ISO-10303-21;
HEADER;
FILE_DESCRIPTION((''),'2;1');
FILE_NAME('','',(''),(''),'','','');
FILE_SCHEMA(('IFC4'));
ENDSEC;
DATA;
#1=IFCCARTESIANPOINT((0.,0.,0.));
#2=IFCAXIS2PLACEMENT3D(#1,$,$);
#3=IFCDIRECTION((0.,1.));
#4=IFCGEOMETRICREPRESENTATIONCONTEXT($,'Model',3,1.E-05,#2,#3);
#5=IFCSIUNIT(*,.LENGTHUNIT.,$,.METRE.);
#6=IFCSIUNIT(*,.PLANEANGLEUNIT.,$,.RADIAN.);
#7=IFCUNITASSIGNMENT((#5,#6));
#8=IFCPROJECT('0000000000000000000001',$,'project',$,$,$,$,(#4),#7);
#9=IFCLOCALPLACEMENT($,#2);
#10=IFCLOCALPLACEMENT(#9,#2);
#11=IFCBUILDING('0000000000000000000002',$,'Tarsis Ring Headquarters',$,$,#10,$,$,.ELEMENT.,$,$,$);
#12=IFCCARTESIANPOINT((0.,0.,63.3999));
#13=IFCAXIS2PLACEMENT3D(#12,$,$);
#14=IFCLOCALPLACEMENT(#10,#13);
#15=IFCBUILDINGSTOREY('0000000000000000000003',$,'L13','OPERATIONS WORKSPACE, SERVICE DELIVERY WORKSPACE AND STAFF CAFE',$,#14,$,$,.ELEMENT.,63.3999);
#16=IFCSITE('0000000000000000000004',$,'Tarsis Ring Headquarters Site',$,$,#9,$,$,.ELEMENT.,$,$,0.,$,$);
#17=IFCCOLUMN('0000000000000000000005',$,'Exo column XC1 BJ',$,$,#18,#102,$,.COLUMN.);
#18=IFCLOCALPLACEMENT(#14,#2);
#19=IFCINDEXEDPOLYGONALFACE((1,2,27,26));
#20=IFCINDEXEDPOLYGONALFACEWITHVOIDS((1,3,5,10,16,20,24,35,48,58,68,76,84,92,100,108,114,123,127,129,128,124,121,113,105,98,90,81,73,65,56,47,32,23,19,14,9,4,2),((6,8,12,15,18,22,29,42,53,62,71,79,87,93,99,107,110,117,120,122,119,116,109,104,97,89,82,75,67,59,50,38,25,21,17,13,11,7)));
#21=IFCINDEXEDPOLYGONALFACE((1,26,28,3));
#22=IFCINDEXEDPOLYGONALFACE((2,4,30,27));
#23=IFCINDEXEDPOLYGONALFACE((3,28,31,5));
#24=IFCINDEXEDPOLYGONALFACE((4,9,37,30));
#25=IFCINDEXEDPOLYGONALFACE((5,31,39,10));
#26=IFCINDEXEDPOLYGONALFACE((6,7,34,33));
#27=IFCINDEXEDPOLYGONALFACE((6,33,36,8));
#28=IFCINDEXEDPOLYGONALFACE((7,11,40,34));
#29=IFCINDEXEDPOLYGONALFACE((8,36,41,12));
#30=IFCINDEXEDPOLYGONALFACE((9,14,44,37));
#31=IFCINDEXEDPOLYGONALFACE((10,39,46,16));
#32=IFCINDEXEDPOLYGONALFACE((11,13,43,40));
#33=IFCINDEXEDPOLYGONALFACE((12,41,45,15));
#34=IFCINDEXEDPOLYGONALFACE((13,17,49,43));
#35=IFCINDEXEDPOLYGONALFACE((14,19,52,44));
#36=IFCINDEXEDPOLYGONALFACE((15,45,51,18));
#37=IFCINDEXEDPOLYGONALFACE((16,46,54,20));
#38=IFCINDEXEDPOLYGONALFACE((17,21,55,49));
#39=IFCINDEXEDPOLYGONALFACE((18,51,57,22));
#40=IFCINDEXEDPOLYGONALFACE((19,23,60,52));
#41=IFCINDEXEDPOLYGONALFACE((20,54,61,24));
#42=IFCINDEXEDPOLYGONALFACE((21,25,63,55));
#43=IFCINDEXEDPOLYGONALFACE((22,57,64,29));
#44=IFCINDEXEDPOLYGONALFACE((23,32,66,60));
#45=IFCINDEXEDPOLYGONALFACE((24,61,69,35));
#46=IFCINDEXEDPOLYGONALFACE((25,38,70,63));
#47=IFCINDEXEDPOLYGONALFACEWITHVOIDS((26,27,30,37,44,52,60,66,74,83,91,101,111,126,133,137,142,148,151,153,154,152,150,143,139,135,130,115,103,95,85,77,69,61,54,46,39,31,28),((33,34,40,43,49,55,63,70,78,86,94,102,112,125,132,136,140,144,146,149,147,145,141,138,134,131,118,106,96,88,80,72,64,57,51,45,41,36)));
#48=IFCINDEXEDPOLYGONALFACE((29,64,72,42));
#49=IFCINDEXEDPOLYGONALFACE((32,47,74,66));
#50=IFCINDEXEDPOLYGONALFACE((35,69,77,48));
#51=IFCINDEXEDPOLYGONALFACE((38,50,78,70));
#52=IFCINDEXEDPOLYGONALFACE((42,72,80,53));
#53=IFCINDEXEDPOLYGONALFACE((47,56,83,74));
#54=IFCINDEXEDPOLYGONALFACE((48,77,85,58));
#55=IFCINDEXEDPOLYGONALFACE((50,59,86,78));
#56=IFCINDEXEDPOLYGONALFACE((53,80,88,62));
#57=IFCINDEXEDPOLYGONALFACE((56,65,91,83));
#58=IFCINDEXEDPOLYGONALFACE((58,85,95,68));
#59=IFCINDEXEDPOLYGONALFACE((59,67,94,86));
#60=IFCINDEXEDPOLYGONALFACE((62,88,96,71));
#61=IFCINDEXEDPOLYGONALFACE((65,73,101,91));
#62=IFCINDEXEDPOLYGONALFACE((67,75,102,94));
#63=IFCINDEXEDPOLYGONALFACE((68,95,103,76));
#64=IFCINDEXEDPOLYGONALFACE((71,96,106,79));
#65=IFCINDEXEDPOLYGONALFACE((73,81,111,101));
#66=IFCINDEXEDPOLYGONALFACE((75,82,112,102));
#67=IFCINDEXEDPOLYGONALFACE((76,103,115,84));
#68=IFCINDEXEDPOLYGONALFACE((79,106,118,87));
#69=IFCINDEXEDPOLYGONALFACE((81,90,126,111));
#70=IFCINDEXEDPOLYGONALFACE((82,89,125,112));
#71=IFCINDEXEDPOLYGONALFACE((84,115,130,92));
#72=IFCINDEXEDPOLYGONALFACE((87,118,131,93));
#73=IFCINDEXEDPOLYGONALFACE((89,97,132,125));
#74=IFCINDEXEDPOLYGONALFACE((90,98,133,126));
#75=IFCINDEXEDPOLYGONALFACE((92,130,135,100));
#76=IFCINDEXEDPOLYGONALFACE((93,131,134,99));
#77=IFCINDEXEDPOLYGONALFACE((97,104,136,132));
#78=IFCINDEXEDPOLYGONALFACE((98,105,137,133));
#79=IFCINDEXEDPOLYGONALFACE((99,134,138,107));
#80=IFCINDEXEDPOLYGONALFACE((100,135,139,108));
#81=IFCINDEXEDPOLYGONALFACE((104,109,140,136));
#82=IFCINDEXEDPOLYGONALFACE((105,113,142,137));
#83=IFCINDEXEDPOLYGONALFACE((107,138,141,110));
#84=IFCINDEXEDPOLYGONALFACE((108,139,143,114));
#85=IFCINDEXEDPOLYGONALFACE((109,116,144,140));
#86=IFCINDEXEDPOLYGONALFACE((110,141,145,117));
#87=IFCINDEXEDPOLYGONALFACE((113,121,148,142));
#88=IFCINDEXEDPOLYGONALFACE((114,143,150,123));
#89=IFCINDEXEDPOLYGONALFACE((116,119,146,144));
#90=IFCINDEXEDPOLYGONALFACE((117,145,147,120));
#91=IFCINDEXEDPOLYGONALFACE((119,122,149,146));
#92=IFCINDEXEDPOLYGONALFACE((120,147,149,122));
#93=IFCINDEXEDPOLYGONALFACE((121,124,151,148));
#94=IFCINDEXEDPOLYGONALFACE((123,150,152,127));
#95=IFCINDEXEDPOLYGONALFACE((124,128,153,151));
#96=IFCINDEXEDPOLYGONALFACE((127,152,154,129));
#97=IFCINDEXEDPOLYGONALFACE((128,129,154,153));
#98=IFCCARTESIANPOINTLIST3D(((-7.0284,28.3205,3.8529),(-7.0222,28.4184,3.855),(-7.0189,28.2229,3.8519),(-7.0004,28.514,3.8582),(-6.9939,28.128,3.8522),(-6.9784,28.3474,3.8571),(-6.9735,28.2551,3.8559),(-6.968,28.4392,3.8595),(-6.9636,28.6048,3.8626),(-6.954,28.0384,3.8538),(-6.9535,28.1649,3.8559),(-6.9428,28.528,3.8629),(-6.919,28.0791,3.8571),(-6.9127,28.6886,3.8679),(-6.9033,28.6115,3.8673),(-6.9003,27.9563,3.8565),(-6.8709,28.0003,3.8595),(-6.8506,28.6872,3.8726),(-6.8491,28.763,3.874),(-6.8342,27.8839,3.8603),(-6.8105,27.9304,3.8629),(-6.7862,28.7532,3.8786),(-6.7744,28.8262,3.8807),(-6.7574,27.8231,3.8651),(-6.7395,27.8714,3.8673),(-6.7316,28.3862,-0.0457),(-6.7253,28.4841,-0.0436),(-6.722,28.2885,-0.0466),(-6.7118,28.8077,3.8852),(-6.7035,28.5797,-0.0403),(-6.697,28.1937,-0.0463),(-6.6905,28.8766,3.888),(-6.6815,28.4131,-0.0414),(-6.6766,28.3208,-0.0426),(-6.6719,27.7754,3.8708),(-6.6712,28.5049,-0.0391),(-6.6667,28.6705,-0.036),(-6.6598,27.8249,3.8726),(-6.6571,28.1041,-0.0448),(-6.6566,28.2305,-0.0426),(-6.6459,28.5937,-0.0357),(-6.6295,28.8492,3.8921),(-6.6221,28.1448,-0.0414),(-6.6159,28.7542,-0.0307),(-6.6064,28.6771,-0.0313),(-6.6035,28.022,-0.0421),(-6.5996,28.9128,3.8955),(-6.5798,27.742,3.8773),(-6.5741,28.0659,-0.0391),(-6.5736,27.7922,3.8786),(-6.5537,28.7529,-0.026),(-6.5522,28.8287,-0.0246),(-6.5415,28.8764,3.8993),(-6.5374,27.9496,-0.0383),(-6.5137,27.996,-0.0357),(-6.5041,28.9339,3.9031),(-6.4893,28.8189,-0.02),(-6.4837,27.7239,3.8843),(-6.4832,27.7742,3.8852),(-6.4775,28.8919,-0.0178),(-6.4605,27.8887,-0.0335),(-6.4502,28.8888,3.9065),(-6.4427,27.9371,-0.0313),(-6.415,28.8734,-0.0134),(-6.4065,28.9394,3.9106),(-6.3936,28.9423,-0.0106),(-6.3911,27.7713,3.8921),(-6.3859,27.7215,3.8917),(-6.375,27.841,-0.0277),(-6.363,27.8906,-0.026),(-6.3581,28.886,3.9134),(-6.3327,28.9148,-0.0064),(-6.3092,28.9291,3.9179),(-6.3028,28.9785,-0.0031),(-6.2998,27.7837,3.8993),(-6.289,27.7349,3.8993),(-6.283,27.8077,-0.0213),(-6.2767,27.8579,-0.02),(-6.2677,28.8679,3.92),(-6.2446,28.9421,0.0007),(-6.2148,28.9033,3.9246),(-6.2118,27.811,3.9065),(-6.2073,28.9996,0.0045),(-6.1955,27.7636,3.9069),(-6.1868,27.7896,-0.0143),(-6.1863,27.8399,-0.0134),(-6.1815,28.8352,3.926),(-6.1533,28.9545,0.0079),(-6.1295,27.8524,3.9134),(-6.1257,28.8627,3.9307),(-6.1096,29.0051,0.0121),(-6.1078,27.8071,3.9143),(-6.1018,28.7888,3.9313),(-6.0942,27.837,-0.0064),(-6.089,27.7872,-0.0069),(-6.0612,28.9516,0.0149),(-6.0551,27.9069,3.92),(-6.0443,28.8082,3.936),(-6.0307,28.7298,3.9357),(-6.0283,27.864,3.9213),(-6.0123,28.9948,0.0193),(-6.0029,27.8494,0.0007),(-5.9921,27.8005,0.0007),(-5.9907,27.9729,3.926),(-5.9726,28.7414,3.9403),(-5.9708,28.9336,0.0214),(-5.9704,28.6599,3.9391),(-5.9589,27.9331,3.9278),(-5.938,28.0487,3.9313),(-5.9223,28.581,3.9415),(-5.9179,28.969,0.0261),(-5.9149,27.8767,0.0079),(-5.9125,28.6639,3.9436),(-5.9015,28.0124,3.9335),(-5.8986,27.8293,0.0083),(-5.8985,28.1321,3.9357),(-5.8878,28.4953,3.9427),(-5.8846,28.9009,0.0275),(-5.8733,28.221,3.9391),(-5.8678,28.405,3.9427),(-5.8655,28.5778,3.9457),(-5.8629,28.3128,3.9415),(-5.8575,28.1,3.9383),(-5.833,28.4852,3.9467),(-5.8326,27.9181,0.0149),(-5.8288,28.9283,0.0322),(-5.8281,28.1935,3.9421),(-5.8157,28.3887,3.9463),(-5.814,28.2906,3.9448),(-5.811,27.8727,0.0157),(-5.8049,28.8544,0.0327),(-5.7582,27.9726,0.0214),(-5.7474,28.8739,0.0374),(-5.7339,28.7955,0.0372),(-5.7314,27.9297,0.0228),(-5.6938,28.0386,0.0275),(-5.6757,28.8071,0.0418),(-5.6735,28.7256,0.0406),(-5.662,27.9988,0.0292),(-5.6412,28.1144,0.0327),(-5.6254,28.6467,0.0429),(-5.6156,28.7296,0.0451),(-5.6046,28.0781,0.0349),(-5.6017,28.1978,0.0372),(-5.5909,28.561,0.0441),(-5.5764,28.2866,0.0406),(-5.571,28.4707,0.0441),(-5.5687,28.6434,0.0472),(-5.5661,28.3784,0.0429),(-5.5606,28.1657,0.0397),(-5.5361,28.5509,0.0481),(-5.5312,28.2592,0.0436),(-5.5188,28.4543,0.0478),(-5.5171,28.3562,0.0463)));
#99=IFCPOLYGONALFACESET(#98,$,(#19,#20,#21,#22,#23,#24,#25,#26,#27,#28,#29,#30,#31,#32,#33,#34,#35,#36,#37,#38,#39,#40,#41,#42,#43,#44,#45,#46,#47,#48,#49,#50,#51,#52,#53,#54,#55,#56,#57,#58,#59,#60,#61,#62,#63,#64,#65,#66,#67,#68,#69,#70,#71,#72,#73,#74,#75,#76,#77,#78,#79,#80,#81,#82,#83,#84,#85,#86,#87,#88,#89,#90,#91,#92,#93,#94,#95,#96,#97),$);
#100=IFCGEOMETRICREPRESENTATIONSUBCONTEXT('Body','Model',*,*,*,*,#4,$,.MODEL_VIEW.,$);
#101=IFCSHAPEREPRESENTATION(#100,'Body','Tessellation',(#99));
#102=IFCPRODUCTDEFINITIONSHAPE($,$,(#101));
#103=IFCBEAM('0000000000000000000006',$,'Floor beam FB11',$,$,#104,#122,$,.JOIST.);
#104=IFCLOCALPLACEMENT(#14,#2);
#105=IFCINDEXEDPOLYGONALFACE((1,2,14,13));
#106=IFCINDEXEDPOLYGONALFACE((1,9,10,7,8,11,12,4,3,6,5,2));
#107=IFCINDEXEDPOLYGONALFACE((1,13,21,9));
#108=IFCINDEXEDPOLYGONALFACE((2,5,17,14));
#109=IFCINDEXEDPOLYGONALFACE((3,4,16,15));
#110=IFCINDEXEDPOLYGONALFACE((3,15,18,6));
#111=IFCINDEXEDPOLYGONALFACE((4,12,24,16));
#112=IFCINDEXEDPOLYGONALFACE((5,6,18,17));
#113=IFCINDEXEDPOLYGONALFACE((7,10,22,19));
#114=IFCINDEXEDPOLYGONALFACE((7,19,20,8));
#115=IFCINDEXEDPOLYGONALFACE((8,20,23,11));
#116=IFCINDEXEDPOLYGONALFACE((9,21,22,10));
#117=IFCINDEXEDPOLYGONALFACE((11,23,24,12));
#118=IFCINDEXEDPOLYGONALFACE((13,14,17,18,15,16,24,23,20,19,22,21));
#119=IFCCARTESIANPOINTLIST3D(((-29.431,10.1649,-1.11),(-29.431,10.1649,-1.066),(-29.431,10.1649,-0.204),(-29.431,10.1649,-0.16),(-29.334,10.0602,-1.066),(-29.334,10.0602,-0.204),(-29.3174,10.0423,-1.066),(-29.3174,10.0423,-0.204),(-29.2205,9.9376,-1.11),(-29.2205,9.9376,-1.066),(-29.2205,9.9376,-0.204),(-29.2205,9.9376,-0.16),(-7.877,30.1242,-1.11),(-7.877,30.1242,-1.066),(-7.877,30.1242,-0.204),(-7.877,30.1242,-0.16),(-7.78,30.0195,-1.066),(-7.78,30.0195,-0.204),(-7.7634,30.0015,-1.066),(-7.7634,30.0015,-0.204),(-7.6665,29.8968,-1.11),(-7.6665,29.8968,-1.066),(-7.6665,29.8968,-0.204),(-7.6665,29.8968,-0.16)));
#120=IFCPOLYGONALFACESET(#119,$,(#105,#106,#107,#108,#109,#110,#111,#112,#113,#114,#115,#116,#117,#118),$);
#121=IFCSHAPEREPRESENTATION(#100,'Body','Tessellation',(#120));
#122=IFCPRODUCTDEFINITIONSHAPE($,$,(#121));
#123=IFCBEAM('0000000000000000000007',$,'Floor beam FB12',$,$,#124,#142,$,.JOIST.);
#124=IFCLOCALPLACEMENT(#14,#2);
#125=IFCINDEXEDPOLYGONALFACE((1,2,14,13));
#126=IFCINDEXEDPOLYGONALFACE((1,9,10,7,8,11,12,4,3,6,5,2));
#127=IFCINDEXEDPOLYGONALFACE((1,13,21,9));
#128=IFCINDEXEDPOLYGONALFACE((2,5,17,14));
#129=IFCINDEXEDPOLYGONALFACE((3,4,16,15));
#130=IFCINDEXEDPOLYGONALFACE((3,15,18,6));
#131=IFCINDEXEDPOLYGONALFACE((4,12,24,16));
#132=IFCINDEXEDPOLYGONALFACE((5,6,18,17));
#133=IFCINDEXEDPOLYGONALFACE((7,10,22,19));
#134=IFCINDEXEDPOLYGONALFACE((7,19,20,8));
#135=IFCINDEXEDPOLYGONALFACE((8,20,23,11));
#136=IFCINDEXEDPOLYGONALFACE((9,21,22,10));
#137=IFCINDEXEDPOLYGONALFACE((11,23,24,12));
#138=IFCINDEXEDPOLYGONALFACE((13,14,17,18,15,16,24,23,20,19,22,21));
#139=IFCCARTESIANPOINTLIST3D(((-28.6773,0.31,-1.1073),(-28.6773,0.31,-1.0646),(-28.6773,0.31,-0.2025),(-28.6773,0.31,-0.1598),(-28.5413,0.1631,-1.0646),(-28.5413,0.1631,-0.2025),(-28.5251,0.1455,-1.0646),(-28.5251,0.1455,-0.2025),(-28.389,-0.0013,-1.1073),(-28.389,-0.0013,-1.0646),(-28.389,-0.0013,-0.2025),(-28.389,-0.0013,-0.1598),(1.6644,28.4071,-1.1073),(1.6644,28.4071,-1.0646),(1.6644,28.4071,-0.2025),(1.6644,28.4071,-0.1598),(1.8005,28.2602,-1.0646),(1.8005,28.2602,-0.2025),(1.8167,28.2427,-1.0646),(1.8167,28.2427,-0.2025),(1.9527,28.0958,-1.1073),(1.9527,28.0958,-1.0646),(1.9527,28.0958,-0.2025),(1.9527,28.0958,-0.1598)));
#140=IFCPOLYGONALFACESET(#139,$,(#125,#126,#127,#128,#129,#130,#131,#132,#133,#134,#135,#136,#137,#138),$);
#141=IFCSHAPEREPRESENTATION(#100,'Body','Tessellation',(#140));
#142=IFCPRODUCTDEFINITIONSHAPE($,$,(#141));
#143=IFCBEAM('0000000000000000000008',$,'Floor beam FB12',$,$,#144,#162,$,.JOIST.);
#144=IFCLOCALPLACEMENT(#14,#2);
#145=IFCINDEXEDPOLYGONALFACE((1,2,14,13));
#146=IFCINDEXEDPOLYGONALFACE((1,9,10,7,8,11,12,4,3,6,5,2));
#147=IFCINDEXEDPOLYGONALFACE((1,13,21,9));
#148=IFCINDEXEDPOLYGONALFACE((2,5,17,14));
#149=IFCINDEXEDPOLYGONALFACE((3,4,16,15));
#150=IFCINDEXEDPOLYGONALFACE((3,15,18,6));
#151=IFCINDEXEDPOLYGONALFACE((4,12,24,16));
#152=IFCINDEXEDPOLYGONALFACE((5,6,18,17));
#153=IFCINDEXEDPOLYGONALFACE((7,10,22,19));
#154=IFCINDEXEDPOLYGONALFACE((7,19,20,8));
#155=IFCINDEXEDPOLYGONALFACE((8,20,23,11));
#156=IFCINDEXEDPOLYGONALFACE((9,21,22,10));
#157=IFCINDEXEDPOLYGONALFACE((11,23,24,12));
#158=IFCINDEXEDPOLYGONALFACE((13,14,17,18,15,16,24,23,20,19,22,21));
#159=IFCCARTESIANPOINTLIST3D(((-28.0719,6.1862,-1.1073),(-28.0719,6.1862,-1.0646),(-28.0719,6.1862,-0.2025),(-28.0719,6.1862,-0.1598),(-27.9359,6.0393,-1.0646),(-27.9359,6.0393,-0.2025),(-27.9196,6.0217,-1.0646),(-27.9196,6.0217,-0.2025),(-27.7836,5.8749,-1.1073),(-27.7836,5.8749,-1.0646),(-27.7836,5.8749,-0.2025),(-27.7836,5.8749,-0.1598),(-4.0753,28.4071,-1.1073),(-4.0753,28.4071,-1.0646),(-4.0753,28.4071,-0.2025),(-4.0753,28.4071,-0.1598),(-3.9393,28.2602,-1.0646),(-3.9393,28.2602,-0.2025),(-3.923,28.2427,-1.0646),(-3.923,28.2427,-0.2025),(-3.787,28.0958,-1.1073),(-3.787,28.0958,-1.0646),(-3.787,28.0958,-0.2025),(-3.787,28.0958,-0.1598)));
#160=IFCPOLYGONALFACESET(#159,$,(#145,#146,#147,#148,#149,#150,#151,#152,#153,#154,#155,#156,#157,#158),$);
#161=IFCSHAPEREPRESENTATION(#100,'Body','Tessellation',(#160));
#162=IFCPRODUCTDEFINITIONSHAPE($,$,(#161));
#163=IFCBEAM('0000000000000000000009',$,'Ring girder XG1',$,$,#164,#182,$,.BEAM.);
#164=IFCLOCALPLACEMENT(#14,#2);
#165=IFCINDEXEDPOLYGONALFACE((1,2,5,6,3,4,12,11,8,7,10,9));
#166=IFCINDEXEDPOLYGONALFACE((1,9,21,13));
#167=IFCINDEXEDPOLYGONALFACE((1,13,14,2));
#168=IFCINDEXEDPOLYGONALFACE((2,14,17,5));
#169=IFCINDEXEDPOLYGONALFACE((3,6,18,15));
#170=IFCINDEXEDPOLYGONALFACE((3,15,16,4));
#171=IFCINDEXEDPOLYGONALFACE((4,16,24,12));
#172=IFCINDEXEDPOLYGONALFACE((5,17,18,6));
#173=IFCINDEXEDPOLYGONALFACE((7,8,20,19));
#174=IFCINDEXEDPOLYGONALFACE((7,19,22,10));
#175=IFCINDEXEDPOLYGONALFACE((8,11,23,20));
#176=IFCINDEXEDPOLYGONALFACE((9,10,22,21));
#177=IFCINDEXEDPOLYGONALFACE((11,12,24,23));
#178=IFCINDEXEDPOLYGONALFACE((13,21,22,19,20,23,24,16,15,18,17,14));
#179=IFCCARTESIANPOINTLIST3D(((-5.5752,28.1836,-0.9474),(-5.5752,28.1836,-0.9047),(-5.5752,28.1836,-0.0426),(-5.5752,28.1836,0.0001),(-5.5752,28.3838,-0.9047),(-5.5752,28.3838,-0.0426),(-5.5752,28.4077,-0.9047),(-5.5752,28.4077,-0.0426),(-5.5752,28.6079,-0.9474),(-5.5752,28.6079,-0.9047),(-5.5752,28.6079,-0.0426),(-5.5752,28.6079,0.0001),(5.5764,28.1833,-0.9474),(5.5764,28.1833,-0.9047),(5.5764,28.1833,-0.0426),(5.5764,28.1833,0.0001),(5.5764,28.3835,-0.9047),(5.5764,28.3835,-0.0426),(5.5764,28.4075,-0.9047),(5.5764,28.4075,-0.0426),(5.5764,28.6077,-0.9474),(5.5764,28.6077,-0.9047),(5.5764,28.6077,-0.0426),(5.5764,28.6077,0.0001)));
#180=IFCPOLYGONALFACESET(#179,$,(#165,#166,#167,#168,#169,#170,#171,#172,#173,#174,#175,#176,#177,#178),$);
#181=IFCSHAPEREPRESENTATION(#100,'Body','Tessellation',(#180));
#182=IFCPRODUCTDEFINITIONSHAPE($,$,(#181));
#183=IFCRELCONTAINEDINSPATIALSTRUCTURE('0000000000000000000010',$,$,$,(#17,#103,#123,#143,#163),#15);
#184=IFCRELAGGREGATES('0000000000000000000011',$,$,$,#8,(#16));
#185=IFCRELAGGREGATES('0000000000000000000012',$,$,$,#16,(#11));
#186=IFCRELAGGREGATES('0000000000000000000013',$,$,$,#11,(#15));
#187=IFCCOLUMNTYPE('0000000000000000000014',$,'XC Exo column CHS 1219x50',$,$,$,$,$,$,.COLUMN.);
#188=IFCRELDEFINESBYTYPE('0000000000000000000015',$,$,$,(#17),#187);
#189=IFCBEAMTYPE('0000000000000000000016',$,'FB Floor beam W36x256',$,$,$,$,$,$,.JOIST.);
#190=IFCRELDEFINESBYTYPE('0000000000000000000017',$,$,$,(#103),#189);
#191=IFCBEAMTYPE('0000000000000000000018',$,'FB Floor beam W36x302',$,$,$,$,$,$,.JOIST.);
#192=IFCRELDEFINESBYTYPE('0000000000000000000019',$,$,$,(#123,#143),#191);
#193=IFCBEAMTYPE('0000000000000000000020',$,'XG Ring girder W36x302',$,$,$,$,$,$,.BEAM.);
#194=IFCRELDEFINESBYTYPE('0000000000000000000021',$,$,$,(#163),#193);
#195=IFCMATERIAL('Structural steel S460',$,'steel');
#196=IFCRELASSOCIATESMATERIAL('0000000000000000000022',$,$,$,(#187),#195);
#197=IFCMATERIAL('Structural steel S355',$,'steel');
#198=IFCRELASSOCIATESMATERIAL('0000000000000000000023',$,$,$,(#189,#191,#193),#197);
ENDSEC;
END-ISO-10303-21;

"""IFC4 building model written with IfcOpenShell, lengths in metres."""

from ifc_helpers import new_model, si_unit, direction, frame, origin, origin_2d, place, context, subcontext, project, spatial, hollow_circle, i_section, extrude, material, material_profile, profile_set, type_object, element, save


model = new_model("IFC4")

# Units and contexts
model_context = context("Model", 3, precision=1e-05, world=origin(), true_north=direction((0.0, 1.0)))
body_context = subcontext(model_context, "Body", "Model", "MODEL_VIEW")
ifc_project = project(units=[si_unit("LENGTHUNIT", "METRE"), si_unit("PLANEANGLEUNIT", "RADIAN")], contexts=[model_context])

# Site, building, storey
site_placement = place(None, origin())
site = spatial("IfcSite", under=ifc_project, at=site_placement, Name="Tarsis Ring Headquarters Site", CompositionType="ELEMENT", RefElevation=0.0)
building_placement = place(site_placement, origin())
building = spatial("IfcBuilding", under=site, at=building_placement, Name="Tarsis Ring Headquarters", CompositionType="ELEMENT")
storey_placement = place(building_placement, frame((0.0, 0.0, 63.3999)))
storey = spatial("IfcBuildingStorey", under=building, at=storey_placement, Name="L13", Description="OPERATIONS WORKSPACE, SERVICE DELIVERY WORKSPACE AND STAFF CAFE", CompositionType="ELEMENT", Elevation=63.3999)

# Column
ifc_material_1 = material(Name="Structural steel S460", Category="steel")
ifc_material_profile_1 = material_profile(ifc_material_1, hollow_circle(Radius=0.6096, WallThickness=0.05, at=origin_2d()), Name="CHS 1219x50")
ifc_profile_set_1 = profile_set([ifc_material_profile_1], Name="Structural steel S460")
column_type = type_object("IfcColumnType", Name="XC Exo column CHS 1219x50", PredefinedType="COLUMN", material=ifc_profile_set_1)
column_placement = place(storey_placement, frame((-6.1238, 28.3958, 0.0007), z_axis=(-0.075917, -0.016794, 0.996973), x_axis=(0.215995, -0.976394, 0.0)))
element("IfcColumn", 1, at=column_placement, inside=storey, type_object=column_type, Name="Exo column XC1 BJ", PredefinedType="COLUMN", context=body_context, shape_type="SweptSolid", body=[
    extrude(hollow_circle(Radius=0.6096, WallThickness=0.05, at=origin_2d()), origin(), (0.0, 0.0, 1.0), 3.9104),
])

# Beams
ifc_material_2 = material(Name="Structural steel S355", Category="steel")
ifc_material_profile_2 = material_profile(ifc_material_2, i_section(OverallWidth=0.3098, OverallDepth=0.95, WebThickness=0.0244, FlangeThickness=0.0439, at=origin_2d()), Name="W36x256")
ifc_profile_set_2 = profile_set([ifc_material_profile_2], Name="Structural steel S355")
beam_type_1 = type_object("IfcBeamType", Name="FB Floor beam W36x256", PredefinedType="JOIST", material=ifc_profile_set_2)
beam_1_placement = place(storey_placement, frame((-7.7717, 30.0105, -0.635), z_axis=(-0.733729, -0.679442, 0.0), x_axis=(0.679442, -0.733729, 0.0)))
element("IfcBeam", 2, at=beam_1_placement, inside=storey, type_object=beam_type_1, Name="Floor beam FB11", PredefinedType="JOIST", context=body_context, shape_type="SweptSolid", body=[
    extrude(i_section(OverallWidth=0.3098, OverallDepth=0.95, WebThickness=0.0244, FlangeThickness=0.0439, at=origin_2d()), origin(), (0.0, 0.0, 1.0), 29.376),
])
ifc_material_profile_3 = material_profile(ifc_material_2, i_section(OverallWidth=0.4243, OverallDepth=0.9475, WebThickness=0.0239, FlangeThickness=0.0427, at=origin_2d()), Name="W36x302")
ifc_profile_set_3 = profile_set([ifc_material_profile_3], Name="Structural steel S355")
beam_type_2 = type_object("IfcBeamType", Name="FB Floor beam W36x302", PredefinedType="JOIST", material=ifc_profile_set_3)
beam_2_placement = place(storey_placement, frame((1.8086, 28.2515, -0.6335), z_axis=(-0.733726, -0.679446, 0.0), x_axis=(0.679446, -0.733726, 0.0)))
element("IfcBeam", 3, at=beam_2_placement, inside=storey, type_object=beam_type_2, Name="Floor beam FB12", PredefinedType="JOIST", context=body_context, shape_type="SweptSolid", body=[
    extrude(i_section(OverallWidth=0.4243, OverallDepth=0.9475, WebThickness=0.0239, FlangeThickness=0.0427, at=origin_2d()), origin(), (0.0, 0.0, 1.0), 41.353),
])
beam_3_placement = place(storey_placement, frame((-3.9312, 28.2515, -0.6335), z_axis=(-0.733732, -0.679439, 0.0), x_axis=(0.679439, -0.733732, 0.0)))
element("IfcBeam", 4, at=beam_3_placement, inside=storey, type_object=beam_type_2, Name="Floor beam FB12", PredefinedType="JOIST", context=body_context, shape_type="SweptSolid", body=[
    extrude(i_section(OverallWidth=0.4243, OverallDepth=0.9475, WebThickness=0.0239, FlangeThickness=0.0427, at=origin_2d()), origin(), (0.0, 0.0, 1.0), 32.7048),
])
beam_type_3 = type_object("IfcBeamType", Name="XG Ring girder W36x302", PredefinedType="BEAM", material=ifc_profile_set_3)
beam_4_placement = place(storey_placement, frame((5.5764, 28.3955, -0.4736), z_axis=(-1.0, 0.000022, 0.0), x_axis=(-0.000022, -1.0, 0.0)))
element("IfcBeam", 5, at=beam_4_placement, inside=storey, type_object=beam_type_3, Name="Ring girder XG1", PredefinedType="BEAM", context=body_context, shape_type="SweptSolid", body=[
    extrude(i_section(OverallWidth=0.4243, OverallDepth=0.9475, WebThickness=0.0239, FlangeThickness=0.0427, at=origin_2d()), origin(), (0.0, 0.0, 1.0), 11.1516),
])

save(model, "model.ifc")
